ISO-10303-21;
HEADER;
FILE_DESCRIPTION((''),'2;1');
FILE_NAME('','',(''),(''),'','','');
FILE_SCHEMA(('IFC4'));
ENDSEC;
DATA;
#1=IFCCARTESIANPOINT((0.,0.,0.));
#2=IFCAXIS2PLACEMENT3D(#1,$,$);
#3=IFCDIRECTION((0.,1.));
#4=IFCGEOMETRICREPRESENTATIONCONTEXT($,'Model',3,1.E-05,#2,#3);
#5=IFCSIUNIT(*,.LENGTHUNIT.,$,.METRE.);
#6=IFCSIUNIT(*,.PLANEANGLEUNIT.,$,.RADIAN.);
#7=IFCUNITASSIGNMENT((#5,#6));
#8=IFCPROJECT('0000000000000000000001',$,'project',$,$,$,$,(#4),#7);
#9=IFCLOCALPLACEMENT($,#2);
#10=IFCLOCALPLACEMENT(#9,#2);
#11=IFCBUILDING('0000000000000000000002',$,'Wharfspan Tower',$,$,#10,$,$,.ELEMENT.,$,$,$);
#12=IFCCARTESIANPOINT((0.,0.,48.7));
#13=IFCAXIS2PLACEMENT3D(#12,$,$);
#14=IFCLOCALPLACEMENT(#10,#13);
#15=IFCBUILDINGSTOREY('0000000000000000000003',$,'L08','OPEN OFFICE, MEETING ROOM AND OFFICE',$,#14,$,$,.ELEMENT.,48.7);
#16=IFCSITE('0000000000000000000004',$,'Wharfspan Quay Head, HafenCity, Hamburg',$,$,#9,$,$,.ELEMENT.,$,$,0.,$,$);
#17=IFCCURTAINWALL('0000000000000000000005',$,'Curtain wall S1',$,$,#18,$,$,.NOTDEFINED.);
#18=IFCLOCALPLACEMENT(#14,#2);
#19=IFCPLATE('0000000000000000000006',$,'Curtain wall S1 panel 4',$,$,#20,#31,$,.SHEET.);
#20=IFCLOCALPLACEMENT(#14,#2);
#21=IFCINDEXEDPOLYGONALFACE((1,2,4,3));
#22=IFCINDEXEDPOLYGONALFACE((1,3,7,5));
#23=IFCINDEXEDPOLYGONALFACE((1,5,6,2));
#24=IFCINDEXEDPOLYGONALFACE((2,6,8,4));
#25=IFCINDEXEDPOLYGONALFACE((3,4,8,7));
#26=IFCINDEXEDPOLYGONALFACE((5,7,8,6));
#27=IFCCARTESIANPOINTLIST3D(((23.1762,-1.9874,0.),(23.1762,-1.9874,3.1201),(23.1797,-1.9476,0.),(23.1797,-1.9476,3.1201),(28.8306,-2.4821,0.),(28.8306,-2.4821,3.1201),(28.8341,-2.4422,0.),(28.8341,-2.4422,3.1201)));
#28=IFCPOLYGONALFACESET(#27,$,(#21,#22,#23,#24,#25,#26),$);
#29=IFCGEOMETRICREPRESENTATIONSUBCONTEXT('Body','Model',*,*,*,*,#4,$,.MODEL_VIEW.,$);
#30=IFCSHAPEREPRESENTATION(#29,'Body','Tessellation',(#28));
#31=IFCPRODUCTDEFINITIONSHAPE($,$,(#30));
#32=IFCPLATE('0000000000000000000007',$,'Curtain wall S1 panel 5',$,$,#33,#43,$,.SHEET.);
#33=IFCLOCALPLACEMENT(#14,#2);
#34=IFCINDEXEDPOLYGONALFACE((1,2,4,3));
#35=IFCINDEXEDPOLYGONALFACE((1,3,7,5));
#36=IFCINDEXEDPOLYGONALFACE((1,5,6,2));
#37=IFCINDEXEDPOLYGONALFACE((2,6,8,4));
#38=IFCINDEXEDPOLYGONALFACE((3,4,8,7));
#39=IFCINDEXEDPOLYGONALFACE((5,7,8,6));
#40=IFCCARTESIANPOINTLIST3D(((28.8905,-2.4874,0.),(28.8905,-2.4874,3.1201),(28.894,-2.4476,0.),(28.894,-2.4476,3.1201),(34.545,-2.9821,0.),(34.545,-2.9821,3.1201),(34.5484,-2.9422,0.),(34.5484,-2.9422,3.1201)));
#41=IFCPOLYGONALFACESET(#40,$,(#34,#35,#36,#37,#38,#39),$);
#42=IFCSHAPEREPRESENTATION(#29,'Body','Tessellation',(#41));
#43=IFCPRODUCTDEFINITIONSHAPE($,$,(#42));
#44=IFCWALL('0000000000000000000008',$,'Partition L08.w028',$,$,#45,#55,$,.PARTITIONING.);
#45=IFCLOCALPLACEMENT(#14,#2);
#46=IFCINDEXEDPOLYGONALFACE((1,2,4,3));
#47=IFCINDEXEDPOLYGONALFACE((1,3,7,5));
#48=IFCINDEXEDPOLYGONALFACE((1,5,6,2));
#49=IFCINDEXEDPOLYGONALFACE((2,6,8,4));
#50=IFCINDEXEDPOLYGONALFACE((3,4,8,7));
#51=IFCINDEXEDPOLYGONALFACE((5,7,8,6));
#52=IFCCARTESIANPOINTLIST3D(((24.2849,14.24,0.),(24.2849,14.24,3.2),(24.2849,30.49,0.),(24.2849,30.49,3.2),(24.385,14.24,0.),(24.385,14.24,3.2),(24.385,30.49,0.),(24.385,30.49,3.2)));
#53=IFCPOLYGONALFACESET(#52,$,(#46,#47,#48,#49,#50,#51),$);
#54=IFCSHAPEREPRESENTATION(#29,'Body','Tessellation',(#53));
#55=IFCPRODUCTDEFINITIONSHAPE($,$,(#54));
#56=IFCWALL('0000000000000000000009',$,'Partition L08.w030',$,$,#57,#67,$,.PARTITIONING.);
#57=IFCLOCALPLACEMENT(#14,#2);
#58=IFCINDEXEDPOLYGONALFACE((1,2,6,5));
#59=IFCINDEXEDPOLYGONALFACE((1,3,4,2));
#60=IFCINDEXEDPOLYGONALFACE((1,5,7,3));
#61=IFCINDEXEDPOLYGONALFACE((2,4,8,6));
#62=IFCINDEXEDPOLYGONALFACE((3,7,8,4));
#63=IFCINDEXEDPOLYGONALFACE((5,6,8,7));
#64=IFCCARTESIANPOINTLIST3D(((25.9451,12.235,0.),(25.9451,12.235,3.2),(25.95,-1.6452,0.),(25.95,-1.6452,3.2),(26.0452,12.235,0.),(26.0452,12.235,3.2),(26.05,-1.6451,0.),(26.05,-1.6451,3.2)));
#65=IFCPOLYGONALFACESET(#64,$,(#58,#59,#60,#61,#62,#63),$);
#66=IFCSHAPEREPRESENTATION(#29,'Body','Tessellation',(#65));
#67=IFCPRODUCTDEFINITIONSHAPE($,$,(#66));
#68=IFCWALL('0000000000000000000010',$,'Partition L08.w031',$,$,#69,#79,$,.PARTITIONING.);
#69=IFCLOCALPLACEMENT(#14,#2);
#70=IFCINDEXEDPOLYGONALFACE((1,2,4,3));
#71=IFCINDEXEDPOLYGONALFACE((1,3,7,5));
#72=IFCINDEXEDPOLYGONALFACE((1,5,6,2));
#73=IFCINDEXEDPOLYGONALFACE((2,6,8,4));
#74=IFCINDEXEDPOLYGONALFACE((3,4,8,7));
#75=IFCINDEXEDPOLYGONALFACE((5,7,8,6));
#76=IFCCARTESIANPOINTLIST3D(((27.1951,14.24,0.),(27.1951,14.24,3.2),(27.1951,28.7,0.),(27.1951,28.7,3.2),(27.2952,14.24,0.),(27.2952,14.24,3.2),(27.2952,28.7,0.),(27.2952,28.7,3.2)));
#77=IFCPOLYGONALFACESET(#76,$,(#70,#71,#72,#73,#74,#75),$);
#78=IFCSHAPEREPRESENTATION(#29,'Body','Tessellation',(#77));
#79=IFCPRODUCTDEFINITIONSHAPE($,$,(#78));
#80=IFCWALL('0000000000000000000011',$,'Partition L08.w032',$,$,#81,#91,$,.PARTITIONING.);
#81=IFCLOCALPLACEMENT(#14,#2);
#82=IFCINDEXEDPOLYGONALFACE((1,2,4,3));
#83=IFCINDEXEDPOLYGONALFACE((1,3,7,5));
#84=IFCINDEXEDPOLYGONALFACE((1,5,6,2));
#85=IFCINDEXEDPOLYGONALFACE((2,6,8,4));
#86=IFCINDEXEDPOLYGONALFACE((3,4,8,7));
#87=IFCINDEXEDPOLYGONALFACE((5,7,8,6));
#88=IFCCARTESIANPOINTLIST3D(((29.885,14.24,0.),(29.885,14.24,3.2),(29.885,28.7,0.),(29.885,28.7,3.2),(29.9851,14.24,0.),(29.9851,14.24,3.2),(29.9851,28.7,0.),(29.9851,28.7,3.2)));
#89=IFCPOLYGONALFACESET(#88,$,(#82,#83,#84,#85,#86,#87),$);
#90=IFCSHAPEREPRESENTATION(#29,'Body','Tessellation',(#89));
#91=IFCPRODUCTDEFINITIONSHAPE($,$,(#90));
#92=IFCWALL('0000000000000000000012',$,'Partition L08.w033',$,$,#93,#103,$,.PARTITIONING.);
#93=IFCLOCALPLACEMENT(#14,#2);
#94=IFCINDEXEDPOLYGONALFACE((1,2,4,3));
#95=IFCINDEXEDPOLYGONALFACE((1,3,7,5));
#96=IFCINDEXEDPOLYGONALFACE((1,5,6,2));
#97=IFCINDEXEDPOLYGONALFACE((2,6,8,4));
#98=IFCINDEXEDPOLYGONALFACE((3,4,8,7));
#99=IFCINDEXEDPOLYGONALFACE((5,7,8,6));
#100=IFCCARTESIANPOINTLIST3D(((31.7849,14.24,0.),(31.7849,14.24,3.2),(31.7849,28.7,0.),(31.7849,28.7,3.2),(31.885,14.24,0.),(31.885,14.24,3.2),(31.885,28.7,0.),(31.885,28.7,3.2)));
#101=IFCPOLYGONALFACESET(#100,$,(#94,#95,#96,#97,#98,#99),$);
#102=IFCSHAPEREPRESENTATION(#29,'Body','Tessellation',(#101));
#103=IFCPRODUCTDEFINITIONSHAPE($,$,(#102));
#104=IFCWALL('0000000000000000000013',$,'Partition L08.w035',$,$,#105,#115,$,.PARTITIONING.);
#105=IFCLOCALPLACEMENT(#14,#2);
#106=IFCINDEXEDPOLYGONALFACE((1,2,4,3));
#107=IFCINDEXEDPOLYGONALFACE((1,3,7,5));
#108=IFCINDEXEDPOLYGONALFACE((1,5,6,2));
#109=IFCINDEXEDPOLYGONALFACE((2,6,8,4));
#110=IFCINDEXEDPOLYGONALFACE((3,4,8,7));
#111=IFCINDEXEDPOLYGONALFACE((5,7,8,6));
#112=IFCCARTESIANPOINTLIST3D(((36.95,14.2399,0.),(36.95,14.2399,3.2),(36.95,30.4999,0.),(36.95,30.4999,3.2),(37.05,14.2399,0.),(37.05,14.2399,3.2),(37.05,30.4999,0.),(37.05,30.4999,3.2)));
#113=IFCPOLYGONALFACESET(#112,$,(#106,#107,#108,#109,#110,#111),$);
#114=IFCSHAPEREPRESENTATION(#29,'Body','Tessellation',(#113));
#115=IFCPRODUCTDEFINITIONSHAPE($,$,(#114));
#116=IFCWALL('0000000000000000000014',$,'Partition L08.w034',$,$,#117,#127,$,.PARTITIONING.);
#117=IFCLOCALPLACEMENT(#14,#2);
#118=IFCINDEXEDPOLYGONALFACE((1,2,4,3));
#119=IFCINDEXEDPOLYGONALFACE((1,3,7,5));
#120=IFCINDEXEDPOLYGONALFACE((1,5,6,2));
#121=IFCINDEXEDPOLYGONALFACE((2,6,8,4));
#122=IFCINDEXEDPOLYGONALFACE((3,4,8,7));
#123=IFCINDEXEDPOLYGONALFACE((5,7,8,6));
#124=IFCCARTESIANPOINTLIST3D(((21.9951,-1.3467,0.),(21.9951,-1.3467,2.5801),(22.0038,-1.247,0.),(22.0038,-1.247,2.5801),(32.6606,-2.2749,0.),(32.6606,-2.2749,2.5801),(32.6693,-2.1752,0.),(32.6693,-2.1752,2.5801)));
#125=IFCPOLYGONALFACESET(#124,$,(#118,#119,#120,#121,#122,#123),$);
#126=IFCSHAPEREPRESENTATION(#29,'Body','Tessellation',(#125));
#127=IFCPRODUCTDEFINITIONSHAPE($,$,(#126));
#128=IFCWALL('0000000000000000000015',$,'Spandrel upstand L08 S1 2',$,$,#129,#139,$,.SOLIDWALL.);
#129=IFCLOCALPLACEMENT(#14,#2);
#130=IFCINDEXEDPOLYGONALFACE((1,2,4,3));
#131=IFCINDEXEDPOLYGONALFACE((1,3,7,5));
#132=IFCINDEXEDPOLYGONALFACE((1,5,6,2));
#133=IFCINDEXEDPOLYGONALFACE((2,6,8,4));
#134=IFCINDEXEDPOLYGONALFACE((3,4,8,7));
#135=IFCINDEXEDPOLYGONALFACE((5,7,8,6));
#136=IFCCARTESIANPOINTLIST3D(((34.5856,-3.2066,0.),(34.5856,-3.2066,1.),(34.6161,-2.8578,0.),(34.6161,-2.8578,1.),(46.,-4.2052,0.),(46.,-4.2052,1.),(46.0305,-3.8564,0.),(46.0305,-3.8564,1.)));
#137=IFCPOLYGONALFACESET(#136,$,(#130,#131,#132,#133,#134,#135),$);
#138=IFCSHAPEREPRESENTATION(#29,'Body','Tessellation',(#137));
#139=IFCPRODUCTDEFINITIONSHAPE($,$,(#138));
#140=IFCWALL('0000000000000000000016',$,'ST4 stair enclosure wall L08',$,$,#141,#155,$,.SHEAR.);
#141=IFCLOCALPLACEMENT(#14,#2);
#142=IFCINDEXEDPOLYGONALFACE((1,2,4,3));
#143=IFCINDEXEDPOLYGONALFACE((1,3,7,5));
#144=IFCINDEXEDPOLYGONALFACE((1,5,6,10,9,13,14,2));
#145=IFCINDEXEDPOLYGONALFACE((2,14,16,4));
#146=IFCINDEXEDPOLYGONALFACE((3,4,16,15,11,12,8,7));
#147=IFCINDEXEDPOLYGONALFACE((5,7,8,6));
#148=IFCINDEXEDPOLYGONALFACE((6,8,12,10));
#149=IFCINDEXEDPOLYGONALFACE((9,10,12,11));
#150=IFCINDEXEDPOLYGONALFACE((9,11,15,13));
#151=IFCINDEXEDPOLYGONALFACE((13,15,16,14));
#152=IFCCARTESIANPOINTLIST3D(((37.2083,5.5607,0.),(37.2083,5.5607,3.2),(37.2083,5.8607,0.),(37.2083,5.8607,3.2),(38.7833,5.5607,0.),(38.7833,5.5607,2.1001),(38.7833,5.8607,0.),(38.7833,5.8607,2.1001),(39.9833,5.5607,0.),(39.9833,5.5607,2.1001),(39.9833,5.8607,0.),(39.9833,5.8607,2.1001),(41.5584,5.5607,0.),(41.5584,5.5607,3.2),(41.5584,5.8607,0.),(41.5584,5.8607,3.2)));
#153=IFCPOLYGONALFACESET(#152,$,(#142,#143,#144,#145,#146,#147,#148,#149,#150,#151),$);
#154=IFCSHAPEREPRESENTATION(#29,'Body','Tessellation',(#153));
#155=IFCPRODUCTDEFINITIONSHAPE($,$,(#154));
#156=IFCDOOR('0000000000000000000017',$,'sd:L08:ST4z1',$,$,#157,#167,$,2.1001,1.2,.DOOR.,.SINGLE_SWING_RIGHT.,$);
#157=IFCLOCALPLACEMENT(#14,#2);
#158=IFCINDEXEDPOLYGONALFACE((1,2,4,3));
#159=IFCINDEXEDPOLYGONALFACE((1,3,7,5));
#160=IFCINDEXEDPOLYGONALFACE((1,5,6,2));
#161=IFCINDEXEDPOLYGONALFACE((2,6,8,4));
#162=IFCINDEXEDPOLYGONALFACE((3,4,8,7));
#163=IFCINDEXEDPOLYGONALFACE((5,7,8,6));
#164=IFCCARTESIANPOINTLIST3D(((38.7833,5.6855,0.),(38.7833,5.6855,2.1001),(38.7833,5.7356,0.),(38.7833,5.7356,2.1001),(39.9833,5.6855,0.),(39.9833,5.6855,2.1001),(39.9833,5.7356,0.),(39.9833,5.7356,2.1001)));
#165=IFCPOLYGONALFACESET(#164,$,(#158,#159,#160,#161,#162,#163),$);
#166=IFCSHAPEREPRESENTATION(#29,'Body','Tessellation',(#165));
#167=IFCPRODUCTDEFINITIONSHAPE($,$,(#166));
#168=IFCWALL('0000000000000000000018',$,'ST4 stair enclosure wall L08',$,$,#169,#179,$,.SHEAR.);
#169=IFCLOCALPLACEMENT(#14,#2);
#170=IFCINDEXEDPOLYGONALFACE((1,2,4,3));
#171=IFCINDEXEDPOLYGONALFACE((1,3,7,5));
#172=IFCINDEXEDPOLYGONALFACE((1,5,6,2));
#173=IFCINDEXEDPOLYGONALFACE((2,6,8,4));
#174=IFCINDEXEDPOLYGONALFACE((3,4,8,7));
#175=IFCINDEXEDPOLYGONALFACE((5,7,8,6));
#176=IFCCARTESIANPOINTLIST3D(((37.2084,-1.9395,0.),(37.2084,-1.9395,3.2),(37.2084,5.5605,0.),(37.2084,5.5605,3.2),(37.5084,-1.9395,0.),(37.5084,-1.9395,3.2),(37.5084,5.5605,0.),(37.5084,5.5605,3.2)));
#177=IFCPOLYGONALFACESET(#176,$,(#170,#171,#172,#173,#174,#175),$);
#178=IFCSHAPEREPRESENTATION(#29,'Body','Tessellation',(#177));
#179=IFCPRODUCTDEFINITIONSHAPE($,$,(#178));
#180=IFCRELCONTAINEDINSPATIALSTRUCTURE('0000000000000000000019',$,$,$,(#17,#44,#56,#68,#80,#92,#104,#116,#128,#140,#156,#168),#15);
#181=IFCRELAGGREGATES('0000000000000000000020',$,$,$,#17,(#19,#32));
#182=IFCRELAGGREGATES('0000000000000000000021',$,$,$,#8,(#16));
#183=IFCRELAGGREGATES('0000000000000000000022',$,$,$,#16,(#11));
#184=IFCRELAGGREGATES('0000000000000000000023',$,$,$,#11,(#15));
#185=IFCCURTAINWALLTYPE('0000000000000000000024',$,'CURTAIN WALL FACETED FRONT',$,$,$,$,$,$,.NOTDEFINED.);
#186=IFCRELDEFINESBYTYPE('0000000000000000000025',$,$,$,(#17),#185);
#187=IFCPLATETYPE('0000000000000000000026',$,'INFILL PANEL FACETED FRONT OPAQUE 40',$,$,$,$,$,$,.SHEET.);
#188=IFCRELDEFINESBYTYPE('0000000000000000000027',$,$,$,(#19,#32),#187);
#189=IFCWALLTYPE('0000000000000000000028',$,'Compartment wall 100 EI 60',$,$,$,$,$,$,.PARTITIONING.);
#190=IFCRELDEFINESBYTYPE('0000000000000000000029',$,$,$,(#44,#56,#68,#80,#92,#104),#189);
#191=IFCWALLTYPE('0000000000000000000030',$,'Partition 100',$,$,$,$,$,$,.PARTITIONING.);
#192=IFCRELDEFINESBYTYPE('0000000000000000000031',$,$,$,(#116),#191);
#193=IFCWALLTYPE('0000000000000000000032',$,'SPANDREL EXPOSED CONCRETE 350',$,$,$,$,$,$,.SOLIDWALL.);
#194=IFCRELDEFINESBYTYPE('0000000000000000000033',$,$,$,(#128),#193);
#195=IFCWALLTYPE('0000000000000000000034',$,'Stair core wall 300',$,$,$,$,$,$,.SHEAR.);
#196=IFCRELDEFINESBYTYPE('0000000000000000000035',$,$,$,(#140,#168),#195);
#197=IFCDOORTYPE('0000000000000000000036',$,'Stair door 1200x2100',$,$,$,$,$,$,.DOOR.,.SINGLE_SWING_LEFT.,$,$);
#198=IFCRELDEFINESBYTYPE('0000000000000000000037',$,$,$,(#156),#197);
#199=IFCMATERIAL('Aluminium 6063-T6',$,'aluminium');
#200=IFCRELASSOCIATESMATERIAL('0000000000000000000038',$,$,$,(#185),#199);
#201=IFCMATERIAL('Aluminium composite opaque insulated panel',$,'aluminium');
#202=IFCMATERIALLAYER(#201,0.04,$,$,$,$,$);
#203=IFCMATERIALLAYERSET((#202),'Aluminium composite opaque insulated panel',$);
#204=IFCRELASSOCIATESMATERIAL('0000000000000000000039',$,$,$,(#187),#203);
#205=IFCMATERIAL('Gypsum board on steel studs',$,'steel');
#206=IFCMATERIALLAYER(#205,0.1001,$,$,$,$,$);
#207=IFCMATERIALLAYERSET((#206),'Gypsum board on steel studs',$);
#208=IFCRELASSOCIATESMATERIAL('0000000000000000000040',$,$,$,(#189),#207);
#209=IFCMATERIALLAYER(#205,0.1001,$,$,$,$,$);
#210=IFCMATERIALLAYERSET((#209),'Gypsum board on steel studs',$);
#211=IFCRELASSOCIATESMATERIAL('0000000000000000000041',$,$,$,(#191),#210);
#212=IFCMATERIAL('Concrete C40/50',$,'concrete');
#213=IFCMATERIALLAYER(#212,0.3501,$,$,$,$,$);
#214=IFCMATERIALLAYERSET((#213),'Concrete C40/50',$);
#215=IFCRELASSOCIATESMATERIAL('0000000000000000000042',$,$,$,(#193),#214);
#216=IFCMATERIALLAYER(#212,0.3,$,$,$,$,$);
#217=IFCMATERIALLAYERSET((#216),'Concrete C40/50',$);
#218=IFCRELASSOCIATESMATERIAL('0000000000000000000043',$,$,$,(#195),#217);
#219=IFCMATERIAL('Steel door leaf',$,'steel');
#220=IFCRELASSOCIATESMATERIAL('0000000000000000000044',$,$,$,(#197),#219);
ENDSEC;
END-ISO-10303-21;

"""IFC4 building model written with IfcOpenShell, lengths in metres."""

from ifc_helpers import new_model, si_unit, direction, frame, frame_2d, origin, origin_2d, place, context, subcontext, project, spatial, rectangle, extrude, material, layer, layer_set, type_object, element, fill, aggregate, save


model = new_model("IFC4")

# Units and contexts
model_context = context("Model", 3, precision=1e-05, world=origin(), true_north=direction((0.0, 1.0)))
body_context = subcontext(model_context, "Body", "Model", "MODEL_VIEW")
ifc_project = project(units=[si_unit("LENGTHUNIT", "METRE"), si_unit("PLANEANGLEUNIT", "RADIAN")], contexts=[model_context])

# Site, building, storey
site_placement = place(None, origin())
site = spatial("IfcSite", under=ifc_project, at=site_placement, Name="Wharfspan Quay Head, HafenCity, Hamburg", CompositionType="ELEMENT", RefElevation=0.0)
building_placement = place(site_placement, origin())
building = spatial("IfcBuilding", under=site, at=building_placement, Name="Wharfspan Tower", CompositionType="ELEMENT")
storey_placement = place(building_placement, frame((0.0, 0.0, 48.7)))
storey = spatial("IfcBuildingStorey", under=building, at=storey_placement, Name="L08", Description="OPEN OFFICE, MEETING ROOM AND OFFICE", CompositionType="ELEMENT", Elevation=48.7)

# Curtain wall
ifc_material_1 = material(Name="Aluminium 6063-T6", Category="aluminium")
curtain_wall_type = type_object("IfcCurtainWallType", Name="CURTAIN WALL FACETED FRONT", PredefinedType="NOTDEFINED", material=ifc_material_1)
curtain_wall_placement = place(storey_placement, origin())
curtain_wall = element("IfcCurtainWall", 1, at=curtain_wall_placement, inside=storey, type_object=curtain_wall_type, Name="Curtain wall S1", PredefinedType="NOTDEFINED")

# Plates
ifc_material_2 = material(Name="Aluminium composite opaque insulated panel", Category="aluminium")
ifc_layer_1 = layer(ifc_material_2, 0.04)
ifc_layer_set_1 = layer_set([ifc_layer_1], Name="Aluminium composite opaque insulated panel")
plate_type = type_object("IfcPlateType", Name="INFILL PANEL FACETED FRONT OPAQUE 40", PredefinedType="SHEET", material=ifc_layer_set_1)
plate_1_placement = place(storey_placement, frame((26.0051, -2.2148, 0.0), z_axis=(0.0, 0.0, 1.0), x_axis=(0.996197, -0.087156, 0.0)))
plate_1 = element("IfcPlate", 2, at=plate_1_placement, type_object=plate_type, Name="Curtain wall S1 panel 4", PredefinedType="SHEET", context=body_context, shape_type="SweptSolid", body=[
    extrude(rectangle(XDim=5.676, YDim=0.04, at=origin_2d()), origin(), (0.0, 0.0, 1.0), 3.1201),
])
plate_2_placement = place(storey_placement, frame((31.7195, -2.7148, 0.0), z_axis=(0.0, 0.0, 1.0), x_axis=(0.996197, -0.087156, 0.0)))
plate_2 = element("IfcPlate", 3, at=plate_2_placement, type_object=plate_type, Name="Curtain wall S1 panel 5", PredefinedType="SHEET", context=body_context, shape_type="SweptSolid", body=[
    extrude(rectangle(XDim=5.676, YDim=0.04, at=origin_2d()), origin(), (0.0, 0.0, 1.0), 3.1201),
])
aggregate(curtain_wall, [plate_1, plate_2])

# Walls
ifc_material_3 = material(Name="Gypsum board on steel studs", Category="steel")
ifc_layer_2 = layer(ifc_material_3, 0.1001)
ifc_layer_set_2 = layer_set([ifc_layer_2], Name="Gypsum board on steel studs")
wall_type_1 = type_object("IfcWallType", Name="Compartment wall 100 EI 60", PredefinedType="PARTITIONING", material=ifc_layer_set_2)
wall_1_placement = place(storey_placement, frame((24.335, 14.24, 0.0), z_axis=(0.0, 0.0, 1.0), x_axis=(0.0, 1.0, 0.0)))
element("IfcWall", 4, at=wall_1_placement, inside=storey, type_object=wall_type_1, Name="Partition L08.w028", PredefinedType="PARTITIONING", context=body_context, shape_type="SweptSolid", body=[
    extrude(rectangle(XDim=16.25, YDim=0.1001, at=frame_2d((8.125, 0.0))), origin(), (0.0, 0.0, 1.0), 3.2),
])
wall_2_placement = place(storey_placement, frame((26.0, -1.645, 0.0), z_axis=(0.0, 0.0, 1.0), x_axis=(-0.000352, 1.000004, 0.0)))
element("IfcWall", 5, at=wall_2_placement, inside=storey, type_object=wall_type_1, Name="Partition L08.w030", PredefinedType="PARTITIONING", context=body_context, shape_type="SweptSolid", body=[
    extrude(rectangle(XDim=13.8801, YDim=0.1001, at=frame_2d((6.9399, 0.0))), origin(), (0.0, 0.0, 1.0), 3.2),
])
for number, where, z_axis, x_axis, name in (
    (6, (27.2451, 14.24, 0.0), (0.0, 0.0, 1.0), (0.0, 1.0, 0.0), "Partition L08.w031"),
    (7, (29.9351, 14.24, 0.0), (0.0, 0.0, 1.0), (0.0, 1.0, 0.0), "Partition L08.w032"),
    (8, (31.835, 14.24, 0.0), (0.0, 0.0, 1.0), (0.0, 1.0, 0.0), "Partition L08.w033"),
):
    element("IfcWall", number, at=place(storey_placement, frame(where, z_axis=z_axis, x_axis=x_axis)), inside=storey, type_object=wall_type_1, Name=name, PredefinedType="PARTITIONING", context=body_context, shape_type="SweptSolid", body=[
        extrude(rectangle(XDim=14.46, YDim=0.1001, at=frame_2d((7.23, 0.0))), origin(), (0.0, 0.0, 1.0), 3.2),
    ])
wall_3_placement = place(storey_placement, frame((37.0, 14.24, 0.0), z_axis=(0.0, 0.0, 1.0), x_axis=(0.0, 1.0, 0.0)))
element("IfcWall", 9, at=wall_3_placement, inside=storey, type_object=wall_type_1, Name="Partition L08.w035", PredefinedType="PARTITIONING", context=body_context, shape_type="SweptSolid", body=[
    extrude(rectangle(XDim=16.26, YDim=0.1001, at=frame_2d((8.1299, 0.0))), origin(), (0.0, 0.0, 1.0), 3.2),
])
ifc_layer_3 = layer(ifc_material_3, 0.1001)
ifc_layer_set_3 = layer_set([ifc_layer_3], Name="Gypsum board on steel studs")
wall_type_2 = type_object("IfcWallType", Name="Partition 100", PredefinedType="PARTITIONING", material=ifc_layer_set_3)
wall_4_placement = place(storey_placement, frame((32.665, -2.2251, 0.0), z_axis=(0.0, 0.0, 1.0), x_axis=(-0.99623, 0.086702, 0.0)))
element("IfcWall", 10, at=wall_4_placement, inside=storey, type_object=wall_type_2, Name="Partition L08.w034", PredefinedType="PARTITIONING", context=body_context, shape_type="SweptSolid", body=[
    extrude(rectangle(XDim=10.7058, YDim=0.1001, at=frame_2d((5.353, 0.0))), origin(), (0.0, 0.0, 1.0), 2.5801),
])
ifc_material_4 = material(Name="Concrete C40/50", Category="concrete")
ifc_layer_4 = layer(ifc_material_4, 0.3501)
ifc_layer_set_4 = layer_set([ifc_layer_4], Name="Concrete C40/50")
wall_type_3 = type_object("IfcWallType", Name="SPANDREL EXPOSED CONCRETE 350", PredefinedType="SOLIDWALL", material=ifc_layer_set_4)
wall_5_placement = place(storey_placement, frame((34.6008, -3.0322, 0.0), z_axis=(0.0, 0.0, 1.0), x_axis=(0.996193, -0.087148, 0.0)))
element("IfcWall", 11, at=wall_5_placement, inside=storey, type_object=wall_type_3, Name="Spandrel upstand L08 S1 2", PredefinedType="SOLIDWALL", context=body_context, shape_type="SweptSolid", body=[
    extrude(rectangle(XDim=11.458, YDim=0.3501, at=frame_2d((5.729, 0.0))), origin(), (0.0, 0.0, 1.0), 1.0),
])

# Wall, opening, door
ifc_layer_5 = layer(ifc_material_4, 0.3)
ifc_layer_set_5 = layer_set([ifc_layer_5], Name="Concrete C40/50")
wall_type_4 = type_object("IfcWallType", Name="Stair core wall 300", PredefinedType="SHEAR", material=ifc_layer_set_5)
wall_6_placement = place(storey_placement, frame((37.2083, 5.7107, 0.0), z_axis=(0.0, 0.0, 1.0), x_axis=(1.0, 0.0, 0.0)))
wall_6 = element("IfcWall", 12, at=wall_6_placement, inside=storey, type_object=wall_type_4, Name="ST4 stair enclosure wall L08", PredefinedType="SHEAR", context=body_context, shape_type="SweptSolid", body=[
    extrude(rectangle(XDim=4.3501, YDim=0.3, at=frame_2d((2.175, 0.0))), origin(), (0.0, 0.0, 1.0), 3.2),
])
opening_placement = place(wall_6_placement, frame((1.575, 0.0, 0.0)))
opening = element("IfcOpeningElement", 13, at=opening_placement, cuts=wall_6, PredefinedType="OPENING", context=body_context, shape_type="SweptSolid", body=[
    extrude(rectangle(XDim=1.2, YDim=2.1001, at=frame_2d((0.6001, 1.05))), frame((0.0, 0.1599, 0.0), z_axis=(0.0, -1.0, 0.0), x_axis=(1.0, 0.0, 0.0)), (0.0, 0.0, 1.0), 0.3201),
])
ifc_material_5 = material(Name="Steel door leaf", Category="steel")
door_type = type_object("IfcDoorType", Name="Stair door 1200x2100", OperationType="SINGLE_SWING_LEFT", PredefinedType="DOOR", material=ifc_material_5)
door_placement = place(opening_placement, origin())
door = element("IfcDoor", 14, at=door_placement, inside=storey, type_object=door_type, Name="sd:L08:ST4z1", OperationType="SINGLE_SWING_RIGHT", OverallHeight=2.1001, OverallWidth=1.2, PredefinedType="DOOR", context=body_context, shape_type="SweptSolid", body=[
    extrude(rectangle(XDim=1.2, YDim=2.1001, at=frame_2d((0.6001, 1.05))), frame((0.0, 0.0249, 0.0), z_axis=(0.0, -1.0, 0.0), x_axis=(1.0, 0.0, 0.0)), (0.0, 0.0, 1.0), 0.05),
])
fill(opening, door)

# Wall
wall_7_placement = place(storey_placement, frame((37.3584, -1.9395, 0.0), z_axis=(0.0, 0.0, 1.0), x_axis=(0.0, 1.0, 0.0)))
element("IfcWall", 15, at=wall_7_placement, inside=storey, type_object=wall_type_4, Name="ST4 stair enclosure wall L08", PredefinedType="SHEAR", context=body_context, shape_type="SweptSolid", body=[
    extrude(rectangle(XDim=7.5, YDim=0.3, at=frame_2d((3.75, 0.0))), origin(), (0.0, 0.0, 1.0), 3.2),
])

save(model, "model.ifc")
